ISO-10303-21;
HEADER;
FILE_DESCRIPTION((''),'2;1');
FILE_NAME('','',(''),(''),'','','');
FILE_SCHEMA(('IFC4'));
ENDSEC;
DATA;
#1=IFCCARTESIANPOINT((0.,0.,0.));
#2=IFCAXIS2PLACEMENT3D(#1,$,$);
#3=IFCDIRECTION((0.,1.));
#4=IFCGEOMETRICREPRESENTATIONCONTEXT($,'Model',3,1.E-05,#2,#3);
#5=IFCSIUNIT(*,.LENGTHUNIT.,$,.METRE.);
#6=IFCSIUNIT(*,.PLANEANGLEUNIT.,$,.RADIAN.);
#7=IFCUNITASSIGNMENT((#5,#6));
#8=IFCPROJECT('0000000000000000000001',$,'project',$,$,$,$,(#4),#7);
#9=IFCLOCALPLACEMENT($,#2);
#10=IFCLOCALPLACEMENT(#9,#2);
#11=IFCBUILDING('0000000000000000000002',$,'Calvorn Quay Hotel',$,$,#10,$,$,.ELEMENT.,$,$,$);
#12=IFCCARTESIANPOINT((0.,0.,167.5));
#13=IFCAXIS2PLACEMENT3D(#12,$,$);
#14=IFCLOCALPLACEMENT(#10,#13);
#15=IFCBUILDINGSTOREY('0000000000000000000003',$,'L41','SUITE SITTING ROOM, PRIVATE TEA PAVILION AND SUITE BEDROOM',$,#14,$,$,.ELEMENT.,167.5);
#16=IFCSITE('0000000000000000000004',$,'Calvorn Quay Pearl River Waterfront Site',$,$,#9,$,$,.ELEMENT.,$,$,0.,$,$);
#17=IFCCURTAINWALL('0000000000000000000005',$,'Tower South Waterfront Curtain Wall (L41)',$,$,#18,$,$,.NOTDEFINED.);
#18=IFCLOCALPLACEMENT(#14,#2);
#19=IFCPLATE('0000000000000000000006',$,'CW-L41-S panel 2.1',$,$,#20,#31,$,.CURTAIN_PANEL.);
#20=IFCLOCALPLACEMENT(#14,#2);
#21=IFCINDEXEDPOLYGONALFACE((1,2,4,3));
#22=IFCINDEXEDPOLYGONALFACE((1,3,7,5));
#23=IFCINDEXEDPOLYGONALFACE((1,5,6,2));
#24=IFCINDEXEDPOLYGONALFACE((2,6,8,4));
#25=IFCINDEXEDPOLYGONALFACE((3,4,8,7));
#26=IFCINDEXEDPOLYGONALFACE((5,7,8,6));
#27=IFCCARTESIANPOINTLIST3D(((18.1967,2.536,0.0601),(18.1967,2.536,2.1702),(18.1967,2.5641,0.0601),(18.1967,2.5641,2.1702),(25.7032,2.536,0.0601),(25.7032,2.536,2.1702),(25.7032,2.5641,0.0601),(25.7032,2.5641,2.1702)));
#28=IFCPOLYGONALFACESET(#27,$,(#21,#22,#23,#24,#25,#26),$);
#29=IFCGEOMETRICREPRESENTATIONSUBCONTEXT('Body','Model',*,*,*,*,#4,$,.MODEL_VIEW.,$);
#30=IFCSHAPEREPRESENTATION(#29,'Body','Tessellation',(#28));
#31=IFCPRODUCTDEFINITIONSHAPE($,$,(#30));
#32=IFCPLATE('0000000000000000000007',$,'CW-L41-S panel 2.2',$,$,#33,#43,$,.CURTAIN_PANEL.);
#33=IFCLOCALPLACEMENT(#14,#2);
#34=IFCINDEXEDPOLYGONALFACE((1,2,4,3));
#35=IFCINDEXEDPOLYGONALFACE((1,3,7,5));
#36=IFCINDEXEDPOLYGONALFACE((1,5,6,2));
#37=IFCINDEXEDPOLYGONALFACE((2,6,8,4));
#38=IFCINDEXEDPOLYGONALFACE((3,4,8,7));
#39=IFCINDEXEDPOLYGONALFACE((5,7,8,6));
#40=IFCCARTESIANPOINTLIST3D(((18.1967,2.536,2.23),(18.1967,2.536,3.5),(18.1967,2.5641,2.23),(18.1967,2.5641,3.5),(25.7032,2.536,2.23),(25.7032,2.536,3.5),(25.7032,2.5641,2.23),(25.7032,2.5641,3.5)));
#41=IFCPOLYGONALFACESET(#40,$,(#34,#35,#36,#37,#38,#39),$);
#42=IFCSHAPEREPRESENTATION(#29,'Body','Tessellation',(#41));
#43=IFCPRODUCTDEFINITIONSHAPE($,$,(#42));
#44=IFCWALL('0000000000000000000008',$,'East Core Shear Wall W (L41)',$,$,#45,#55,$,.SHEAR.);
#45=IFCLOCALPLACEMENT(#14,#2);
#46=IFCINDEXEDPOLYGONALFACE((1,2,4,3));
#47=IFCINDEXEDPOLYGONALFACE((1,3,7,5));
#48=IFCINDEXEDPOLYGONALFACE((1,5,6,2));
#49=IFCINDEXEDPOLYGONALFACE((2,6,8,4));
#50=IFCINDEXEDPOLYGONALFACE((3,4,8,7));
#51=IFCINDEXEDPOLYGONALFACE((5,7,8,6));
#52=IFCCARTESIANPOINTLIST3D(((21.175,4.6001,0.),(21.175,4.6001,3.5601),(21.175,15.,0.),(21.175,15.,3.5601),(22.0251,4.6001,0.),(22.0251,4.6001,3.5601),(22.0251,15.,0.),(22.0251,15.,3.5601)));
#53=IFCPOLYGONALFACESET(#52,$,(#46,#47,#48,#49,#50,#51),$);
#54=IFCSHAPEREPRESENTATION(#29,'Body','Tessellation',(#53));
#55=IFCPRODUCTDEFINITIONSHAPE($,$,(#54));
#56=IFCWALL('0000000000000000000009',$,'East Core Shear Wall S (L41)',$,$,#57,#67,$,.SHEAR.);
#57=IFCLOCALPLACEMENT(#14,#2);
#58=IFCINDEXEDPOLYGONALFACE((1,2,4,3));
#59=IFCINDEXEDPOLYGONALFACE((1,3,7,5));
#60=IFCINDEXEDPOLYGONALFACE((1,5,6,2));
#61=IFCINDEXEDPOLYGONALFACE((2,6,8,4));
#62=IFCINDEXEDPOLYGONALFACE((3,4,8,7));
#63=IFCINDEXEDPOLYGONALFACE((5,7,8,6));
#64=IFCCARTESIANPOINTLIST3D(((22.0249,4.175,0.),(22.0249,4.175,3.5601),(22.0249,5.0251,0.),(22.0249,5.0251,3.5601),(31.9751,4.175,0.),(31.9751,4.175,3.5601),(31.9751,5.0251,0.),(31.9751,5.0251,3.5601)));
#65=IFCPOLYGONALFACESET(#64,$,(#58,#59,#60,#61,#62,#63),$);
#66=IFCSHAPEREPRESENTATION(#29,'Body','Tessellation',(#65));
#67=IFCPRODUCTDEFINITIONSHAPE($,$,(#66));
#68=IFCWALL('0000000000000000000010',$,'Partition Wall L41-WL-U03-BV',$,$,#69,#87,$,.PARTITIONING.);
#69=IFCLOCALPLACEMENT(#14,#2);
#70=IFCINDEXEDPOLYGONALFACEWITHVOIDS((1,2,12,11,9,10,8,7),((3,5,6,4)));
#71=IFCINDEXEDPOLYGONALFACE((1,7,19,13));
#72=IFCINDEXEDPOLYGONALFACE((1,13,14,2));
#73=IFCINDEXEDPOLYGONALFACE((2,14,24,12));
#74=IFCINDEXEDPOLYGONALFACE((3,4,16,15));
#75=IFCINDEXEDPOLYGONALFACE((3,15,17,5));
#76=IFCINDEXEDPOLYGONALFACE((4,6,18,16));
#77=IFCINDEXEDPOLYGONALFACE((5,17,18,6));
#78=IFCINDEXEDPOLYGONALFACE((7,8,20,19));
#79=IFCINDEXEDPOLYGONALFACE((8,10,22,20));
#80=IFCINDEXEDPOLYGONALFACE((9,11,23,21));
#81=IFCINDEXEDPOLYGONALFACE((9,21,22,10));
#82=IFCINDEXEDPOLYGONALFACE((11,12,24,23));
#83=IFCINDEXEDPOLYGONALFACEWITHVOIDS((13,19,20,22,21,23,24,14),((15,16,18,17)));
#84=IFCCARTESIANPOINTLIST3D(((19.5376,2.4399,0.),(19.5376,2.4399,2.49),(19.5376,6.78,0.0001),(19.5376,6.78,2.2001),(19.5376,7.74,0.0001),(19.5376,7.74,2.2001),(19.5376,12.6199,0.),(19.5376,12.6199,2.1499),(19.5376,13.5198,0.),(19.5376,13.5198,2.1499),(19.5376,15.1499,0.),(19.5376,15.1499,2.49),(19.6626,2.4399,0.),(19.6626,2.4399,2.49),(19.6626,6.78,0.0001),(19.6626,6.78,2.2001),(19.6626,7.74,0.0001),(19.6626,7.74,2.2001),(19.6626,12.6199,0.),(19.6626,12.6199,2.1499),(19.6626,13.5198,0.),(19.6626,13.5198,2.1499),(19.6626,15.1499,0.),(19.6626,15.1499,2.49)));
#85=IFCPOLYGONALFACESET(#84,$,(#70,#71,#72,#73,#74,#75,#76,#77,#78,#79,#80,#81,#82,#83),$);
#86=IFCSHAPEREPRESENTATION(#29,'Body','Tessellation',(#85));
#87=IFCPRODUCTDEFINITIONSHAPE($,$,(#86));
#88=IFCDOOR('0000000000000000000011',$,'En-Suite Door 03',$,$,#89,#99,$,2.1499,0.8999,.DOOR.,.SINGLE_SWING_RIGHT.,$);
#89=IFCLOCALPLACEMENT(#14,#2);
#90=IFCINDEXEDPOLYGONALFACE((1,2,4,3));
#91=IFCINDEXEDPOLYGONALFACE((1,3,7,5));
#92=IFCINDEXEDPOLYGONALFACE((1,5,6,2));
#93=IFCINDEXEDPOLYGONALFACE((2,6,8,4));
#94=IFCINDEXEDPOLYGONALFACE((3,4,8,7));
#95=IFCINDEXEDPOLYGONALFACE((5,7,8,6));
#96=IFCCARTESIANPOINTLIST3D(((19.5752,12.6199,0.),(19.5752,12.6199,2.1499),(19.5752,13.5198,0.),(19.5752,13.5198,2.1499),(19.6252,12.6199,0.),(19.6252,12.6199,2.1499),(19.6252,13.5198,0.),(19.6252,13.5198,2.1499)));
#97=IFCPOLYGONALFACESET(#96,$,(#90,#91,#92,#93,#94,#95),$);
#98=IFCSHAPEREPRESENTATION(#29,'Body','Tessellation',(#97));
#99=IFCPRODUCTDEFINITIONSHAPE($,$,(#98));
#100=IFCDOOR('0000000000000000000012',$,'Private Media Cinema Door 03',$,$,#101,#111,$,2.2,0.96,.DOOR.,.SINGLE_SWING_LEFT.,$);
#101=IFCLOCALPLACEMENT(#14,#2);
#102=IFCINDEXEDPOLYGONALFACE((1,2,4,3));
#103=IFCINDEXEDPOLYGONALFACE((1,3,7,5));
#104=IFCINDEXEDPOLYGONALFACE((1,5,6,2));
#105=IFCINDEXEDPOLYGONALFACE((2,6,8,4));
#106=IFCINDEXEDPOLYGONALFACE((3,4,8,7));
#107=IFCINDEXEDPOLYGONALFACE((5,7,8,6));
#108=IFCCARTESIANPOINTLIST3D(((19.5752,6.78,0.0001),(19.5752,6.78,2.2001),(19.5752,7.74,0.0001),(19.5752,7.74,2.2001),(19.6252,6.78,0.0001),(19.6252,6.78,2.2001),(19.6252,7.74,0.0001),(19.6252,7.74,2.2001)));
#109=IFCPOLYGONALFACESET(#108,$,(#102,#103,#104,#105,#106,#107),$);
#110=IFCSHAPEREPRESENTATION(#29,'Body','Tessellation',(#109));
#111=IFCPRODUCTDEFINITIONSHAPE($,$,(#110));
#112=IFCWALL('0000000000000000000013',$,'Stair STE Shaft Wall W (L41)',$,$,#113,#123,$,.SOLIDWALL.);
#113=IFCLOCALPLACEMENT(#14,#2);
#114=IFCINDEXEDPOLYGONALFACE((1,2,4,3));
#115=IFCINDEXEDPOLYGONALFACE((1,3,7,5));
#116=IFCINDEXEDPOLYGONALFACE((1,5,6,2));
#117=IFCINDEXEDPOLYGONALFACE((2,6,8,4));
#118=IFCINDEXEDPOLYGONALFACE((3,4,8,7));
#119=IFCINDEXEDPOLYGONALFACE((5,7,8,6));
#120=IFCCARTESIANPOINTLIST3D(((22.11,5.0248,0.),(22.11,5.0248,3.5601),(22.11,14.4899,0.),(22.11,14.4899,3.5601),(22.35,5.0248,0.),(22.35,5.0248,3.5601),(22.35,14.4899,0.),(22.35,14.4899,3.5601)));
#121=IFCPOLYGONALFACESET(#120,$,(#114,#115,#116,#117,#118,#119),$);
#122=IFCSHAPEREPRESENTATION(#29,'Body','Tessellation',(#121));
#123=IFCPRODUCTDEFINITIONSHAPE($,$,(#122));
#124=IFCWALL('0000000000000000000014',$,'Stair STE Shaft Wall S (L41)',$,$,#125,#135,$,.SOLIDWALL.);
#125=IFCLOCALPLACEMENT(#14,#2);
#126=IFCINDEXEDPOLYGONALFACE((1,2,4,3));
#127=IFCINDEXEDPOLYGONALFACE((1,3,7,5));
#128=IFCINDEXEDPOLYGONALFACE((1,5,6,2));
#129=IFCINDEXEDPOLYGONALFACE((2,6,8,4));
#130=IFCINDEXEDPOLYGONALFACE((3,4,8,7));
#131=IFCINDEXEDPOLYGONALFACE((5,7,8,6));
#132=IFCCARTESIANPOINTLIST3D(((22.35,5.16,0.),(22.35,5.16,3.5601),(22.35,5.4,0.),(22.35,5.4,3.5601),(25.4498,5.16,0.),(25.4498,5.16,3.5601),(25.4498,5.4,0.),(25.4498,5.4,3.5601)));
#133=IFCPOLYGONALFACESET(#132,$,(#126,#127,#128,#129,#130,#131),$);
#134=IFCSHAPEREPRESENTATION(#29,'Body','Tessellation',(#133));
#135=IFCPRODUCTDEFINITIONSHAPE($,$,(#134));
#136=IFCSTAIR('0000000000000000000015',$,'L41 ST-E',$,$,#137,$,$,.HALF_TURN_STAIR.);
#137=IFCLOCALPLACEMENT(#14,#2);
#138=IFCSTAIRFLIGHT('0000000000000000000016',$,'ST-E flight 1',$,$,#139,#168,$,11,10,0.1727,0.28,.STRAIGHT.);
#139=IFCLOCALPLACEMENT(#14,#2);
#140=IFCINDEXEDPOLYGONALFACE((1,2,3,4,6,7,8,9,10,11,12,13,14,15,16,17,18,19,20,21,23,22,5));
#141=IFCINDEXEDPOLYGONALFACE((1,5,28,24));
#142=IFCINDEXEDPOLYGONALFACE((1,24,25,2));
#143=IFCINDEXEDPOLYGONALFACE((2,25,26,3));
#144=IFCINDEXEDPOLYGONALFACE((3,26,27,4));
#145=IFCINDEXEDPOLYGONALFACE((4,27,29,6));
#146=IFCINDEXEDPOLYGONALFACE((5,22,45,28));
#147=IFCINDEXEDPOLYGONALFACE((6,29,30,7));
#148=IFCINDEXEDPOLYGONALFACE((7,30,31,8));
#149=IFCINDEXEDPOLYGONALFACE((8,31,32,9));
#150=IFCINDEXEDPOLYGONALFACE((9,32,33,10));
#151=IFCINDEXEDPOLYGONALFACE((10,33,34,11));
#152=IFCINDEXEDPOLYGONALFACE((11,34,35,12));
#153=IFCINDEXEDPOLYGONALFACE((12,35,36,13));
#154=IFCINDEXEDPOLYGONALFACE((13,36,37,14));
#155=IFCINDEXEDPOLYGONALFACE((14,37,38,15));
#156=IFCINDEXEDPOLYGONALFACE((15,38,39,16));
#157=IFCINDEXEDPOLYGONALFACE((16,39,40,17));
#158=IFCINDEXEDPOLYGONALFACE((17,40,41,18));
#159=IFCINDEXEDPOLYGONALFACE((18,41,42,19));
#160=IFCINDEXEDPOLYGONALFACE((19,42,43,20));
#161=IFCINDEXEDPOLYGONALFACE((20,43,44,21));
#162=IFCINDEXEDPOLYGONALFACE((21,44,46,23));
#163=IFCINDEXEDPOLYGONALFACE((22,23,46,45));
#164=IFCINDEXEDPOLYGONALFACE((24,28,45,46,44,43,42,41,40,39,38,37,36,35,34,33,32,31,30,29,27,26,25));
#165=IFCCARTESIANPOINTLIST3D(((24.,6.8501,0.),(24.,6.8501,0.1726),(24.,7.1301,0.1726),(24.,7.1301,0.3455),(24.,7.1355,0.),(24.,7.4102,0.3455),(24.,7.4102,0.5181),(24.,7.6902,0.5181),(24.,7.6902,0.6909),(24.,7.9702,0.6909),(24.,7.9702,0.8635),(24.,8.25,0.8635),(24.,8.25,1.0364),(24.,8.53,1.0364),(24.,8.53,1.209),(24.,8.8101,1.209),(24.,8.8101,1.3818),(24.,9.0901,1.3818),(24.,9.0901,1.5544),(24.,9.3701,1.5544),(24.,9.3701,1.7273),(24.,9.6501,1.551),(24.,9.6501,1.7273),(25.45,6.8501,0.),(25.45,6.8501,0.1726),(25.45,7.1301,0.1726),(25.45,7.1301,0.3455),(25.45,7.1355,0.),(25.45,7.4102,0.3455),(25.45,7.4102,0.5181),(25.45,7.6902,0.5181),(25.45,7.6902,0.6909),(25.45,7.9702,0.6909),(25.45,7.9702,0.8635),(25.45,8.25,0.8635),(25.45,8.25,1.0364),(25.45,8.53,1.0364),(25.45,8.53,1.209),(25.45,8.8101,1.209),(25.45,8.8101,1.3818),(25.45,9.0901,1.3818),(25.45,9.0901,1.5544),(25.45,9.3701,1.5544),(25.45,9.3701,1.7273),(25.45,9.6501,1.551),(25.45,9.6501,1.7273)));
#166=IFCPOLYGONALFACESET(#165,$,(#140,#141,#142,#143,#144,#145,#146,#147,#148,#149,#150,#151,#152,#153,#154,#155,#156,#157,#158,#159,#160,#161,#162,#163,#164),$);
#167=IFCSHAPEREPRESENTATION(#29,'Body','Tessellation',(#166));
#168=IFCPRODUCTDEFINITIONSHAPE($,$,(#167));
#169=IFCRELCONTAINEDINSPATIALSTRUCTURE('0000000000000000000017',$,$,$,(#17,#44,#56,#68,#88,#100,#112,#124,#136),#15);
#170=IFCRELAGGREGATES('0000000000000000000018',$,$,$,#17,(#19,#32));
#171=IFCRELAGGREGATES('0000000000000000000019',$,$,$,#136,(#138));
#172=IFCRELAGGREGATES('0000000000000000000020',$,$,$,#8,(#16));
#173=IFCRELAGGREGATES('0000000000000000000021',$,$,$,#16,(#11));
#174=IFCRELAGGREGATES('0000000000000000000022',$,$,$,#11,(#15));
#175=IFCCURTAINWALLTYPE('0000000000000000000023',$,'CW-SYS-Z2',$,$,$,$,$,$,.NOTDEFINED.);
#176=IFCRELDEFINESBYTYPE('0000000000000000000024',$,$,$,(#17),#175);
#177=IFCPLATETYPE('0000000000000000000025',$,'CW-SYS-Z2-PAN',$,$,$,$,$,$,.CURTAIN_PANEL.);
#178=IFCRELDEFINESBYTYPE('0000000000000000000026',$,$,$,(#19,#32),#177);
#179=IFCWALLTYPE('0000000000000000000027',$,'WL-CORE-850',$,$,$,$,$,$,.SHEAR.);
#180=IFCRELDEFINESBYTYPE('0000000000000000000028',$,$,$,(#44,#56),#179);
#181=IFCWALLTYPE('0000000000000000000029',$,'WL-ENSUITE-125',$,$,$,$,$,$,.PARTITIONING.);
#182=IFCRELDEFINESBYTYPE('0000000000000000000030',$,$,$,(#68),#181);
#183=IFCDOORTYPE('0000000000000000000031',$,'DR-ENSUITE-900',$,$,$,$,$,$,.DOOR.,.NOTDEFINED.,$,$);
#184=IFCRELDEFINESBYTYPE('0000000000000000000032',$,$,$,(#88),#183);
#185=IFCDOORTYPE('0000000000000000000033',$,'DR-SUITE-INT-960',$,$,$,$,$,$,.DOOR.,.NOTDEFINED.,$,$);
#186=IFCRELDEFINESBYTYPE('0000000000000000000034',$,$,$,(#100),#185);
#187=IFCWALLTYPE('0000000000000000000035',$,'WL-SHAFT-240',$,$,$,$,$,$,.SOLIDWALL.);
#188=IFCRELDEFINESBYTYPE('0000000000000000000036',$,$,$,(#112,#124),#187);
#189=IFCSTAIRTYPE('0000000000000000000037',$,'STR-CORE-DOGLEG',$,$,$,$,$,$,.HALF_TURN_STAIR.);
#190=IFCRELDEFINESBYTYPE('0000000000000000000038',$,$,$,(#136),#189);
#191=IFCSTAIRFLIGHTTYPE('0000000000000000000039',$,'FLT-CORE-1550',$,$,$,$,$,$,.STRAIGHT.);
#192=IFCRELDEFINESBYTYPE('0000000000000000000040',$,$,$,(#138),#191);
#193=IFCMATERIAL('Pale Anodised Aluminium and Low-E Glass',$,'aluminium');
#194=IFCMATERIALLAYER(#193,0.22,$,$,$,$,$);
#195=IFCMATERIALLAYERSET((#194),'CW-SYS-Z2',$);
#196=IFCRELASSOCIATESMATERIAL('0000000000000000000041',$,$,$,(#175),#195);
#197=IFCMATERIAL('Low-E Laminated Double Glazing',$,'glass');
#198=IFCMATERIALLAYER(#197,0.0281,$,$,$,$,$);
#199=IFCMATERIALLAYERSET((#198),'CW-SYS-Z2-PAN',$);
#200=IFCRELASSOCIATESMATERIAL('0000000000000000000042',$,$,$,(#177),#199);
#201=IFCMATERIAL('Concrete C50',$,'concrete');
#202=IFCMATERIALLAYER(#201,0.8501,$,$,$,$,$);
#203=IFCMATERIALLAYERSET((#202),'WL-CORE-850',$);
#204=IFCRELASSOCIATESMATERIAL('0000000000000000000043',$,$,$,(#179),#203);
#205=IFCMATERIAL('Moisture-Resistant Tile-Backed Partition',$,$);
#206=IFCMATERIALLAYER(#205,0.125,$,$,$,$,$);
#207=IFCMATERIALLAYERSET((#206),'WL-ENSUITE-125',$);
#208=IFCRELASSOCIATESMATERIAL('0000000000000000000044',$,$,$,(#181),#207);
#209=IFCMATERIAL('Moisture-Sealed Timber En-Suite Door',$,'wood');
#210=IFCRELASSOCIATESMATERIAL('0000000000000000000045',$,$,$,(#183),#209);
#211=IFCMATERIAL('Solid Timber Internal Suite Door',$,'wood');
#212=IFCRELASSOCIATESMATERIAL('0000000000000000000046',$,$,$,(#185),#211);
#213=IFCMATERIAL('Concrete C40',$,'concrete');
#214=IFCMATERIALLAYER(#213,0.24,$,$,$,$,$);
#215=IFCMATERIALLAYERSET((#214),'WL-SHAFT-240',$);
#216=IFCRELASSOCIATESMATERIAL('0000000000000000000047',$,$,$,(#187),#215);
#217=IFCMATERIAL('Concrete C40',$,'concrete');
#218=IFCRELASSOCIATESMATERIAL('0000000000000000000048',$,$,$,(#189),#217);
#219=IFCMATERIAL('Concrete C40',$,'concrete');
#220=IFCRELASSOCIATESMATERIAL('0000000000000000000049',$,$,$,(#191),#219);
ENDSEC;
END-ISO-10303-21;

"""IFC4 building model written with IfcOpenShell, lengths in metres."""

from ifc_helpers import new_model, si_unit, direction, frame, frame_2d, origin, origin_2d, place, context, subcontext, project, spatial, polyline, rectangle, outline, extrude, material, layer, layer_set, type_object, element, fill, aggregate, save


model = new_model("IFC4")

# Units and contexts
model_context = context("Model", 3, precision=1e-05, world=origin(), true_north=direction((0.0, 1.0)))
body_context = subcontext(model_context, "Body", "Model", "MODEL_VIEW")
ifc_project = project(units=[si_unit("LENGTHUNIT", "METRE"), si_unit("PLANEANGLEUNIT", "RADIAN")], contexts=[model_context])

# Site, building, storey
site_placement = place(None, origin())
site = spatial("IfcSite", under=ifc_project, at=site_placement, Name="Calvorn Quay Pearl River Waterfront Site", CompositionType="ELEMENT", RefElevation=0.0)
building_placement = place(site_placement, origin())
building = spatial("IfcBuilding", under=site, at=building_placement, Name="Calvorn Quay Hotel", CompositionType="ELEMENT")
storey_placement = place(building_placement, frame((0.0, 0.0, 167.5)))
storey = spatial("IfcBuildingStorey", under=building, at=storey_placement, Name="L41", Description="SUITE SITTING ROOM, PRIVATE TEA PAVILION AND SUITE BEDROOM", CompositionType="ELEMENT", Elevation=167.5)

# Curtain wall, plates
ifc_material_1 = material(Name="Pale Anodised Aluminium and Low-E Glass", Category="aluminium")
ifc_layer_1 = layer(ifc_material_1, 0.22)
ifc_layer_set_1 = layer_set([ifc_layer_1], Name="CW-SYS-Z2")
curtain_wall_type = type_object("IfcCurtainWallType", Name="CW-SYS-Z2", PredefinedType="NOTDEFINED", material=ifc_layer_set_1)
curtain_wall_placement = place(storey_placement, origin())
curtain_wall = element("IfcCurtainWall", 1, at=curtain_wall_placement, inside=storey, type_object=curtain_wall_type, Name="Tower South Waterfront Curtain Wall (L41)", PredefinedType="NOTDEFINED")
ifc_material_2 = material(Name="Low-E Laminated Double Glazing", Category="glass")
ifc_layer_2 = layer(ifc_material_2, 0.0281)
ifc_layer_set_2 = layer_set([ifc_layer_2], Name="CW-SYS-Z2-PAN")
plate_type = type_object("IfcPlateType", Name="CW-SYS-Z2-PAN", PredefinedType="CURTAIN_PANEL", material=ifc_layer_set_2)
plate_1_placement = place(storey_placement, frame((21.95, 2.55, 0.0601), z_axis=(0.0, 0.0, 1.0), x_axis=(1.0, 0.0, 0.0)))
plate_1 = element("IfcPlate", 2, at=plate_1_placement, type_object=plate_type, Name="CW-L41-S panel 2.1", PredefinedType="CURTAIN_PANEL", context=body_context, shape_type="SweptSolid", body=[
    extrude(rectangle(XDim=7.5066, YDim=0.0281, at=origin_2d()), origin(), (0.0, 0.0, 1.0), 2.1101),
])
plate_2_placement = place(storey_placement, frame((21.95, 2.55, 2.23), z_axis=(0.0, 0.0, 1.0), x_axis=(1.0, 0.0, 0.0)))
plate_2 = element("IfcPlate", 3, at=plate_2_placement, type_object=plate_type, Name="CW-L41-S panel 2.2", PredefinedType="CURTAIN_PANEL", context=body_context, shape_type="SweptSolid", body=[
    extrude(rectangle(XDim=7.5066, YDim=0.0281, at=origin_2d()), origin(), (0.0, 0.0, 1.0), 1.27),
])
aggregate(curtain_wall, [plate_1, plate_2])

# Walls
ifc_material_3 = material(Name="Concrete C50", Category="concrete")
ifc_layer_3 = layer(ifc_material_3, 0.8501)
ifc_layer_set_3 = layer_set([ifc_layer_3], Name="WL-CORE-850")
wall_type_1 = type_object("IfcWallType", Name="WL-CORE-850", PredefinedType="SHEAR", material=ifc_layer_set_3)
wall_1_placement = place(storey_placement, frame((21.6001, 4.6001, 0.0), z_axis=(0.0, 0.0, 1.0), x_axis=(0.0, 1.0, 0.0)))
element("IfcWall", 4, at=wall_1_placement, inside=storey, type_object=wall_type_1, Name="East Core Shear Wall W (L41)", PredefinedType="SHEAR", context=body_context, shape_type="SweptSolid", body=[
    extrude(rectangle(XDim=10.3999, YDim=0.8501, at=frame_2d((5.2, 0.0))), origin(), (0.0, 0.0, 1.0), 3.5601),
])
wall_2_placement = place(storey_placement, frame((22.0249, 4.6001, 0.0), z_axis=(0.0, 0.0, 1.0), x_axis=(1.0, 0.0, 0.0)))
element("IfcWall", 5, at=wall_2_placement, inside=storey, type_object=wall_type_1, Name="East Core Shear Wall S (L41)", PredefinedType="SHEAR", context=body_context, shape_type="SweptSolid", body=[
    extrude(rectangle(XDim=9.9502, YDim=0.8501, at=frame_2d((4.9751, 0.0))), origin(), (0.0, 0.0, 1.0), 3.5601),
])

# Wall, openings, doors
ifc_material_4 = material(Name="Moisture-Resistant Tile-Backed Partition")
ifc_layer_4 = layer(ifc_material_4, 0.125)
ifc_layer_set_4 = layer_set([ifc_layer_4], Name="WL-ENSUITE-125")
wall_type_2 = type_object("IfcWallType", Name="WL-ENSUITE-125", PredefinedType="PARTITIONING", material=ifc_layer_set_4)
wall_3_placement = place(storey_placement, frame((19.6001, 2.4399, 0.0), z_axis=(0.0, 0.0, 1.0), x_axis=(0.0, 1.0, 0.0)))
wall_3 = element("IfcWall", 6, at=wall_3_placement, inside=storey, type_object=wall_type_2, Name="Partition Wall L41-WL-U03-BV", PredefinedType="PARTITIONING", context=body_context, shape_type="SweptSolid", body=[
    extrude(rectangle(XDim=12.71, YDim=0.125, at=frame_2d((6.355, 0.0))), origin(), (0.0, 0.0, 1.0), 2.49),
])
opening_1_placement = place(wall_3_placement, frame((4.3401, 0.0, 0.0)))
opening_1 = element("IfcOpeningElement", 7, at=opening_1_placement, cuts=wall_3, PredefinedType="OPENING", context=body_context, shape_type="SweptSolid", body=[
    extrude(rectangle(XDim=0.96, YDim=2.2, at=frame_2d((0.48, 1.1001))), frame((0.0, 0.0725, 0.0), z_axis=(0.0, -1.0, 0.0), x_axis=(1.0, 0.0, 0.0)), (0.0, 0.0, 1.0), 0.145),
])
opening_2_placement = place(wall_3_placement, frame((10.1799, 0.0, 0.0)))
opening_2 = element("IfcOpeningElement", 8, at=opening_2_placement, cuts=wall_3, PredefinedType="OPENING", context=body_context, shape_type="SweptSolid", body=[
    extrude(rectangle(XDim=0.8999, YDim=2.1499, at=frame_2d((0.45, 1.075))), frame((0.0, 0.0725, 0.0), z_axis=(0.0, -1.0, 0.0), x_axis=(1.0, 0.0, 0.0)), (0.0, 0.0, 1.0), 0.145),
])
ifc_material_5 = material(Name="Moisture-Sealed Timber En-Suite Door", Category="wood")
door_type_1 = type_object("IfcDoorType", Name="DR-ENSUITE-900", OperationType="NOTDEFINED", PredefinedType="DOOR", material=ifc_material_5)
door_1_placement = place(opening_2_placement, origin())
door_1 = element("IfcDoor", 9, at=door_1_placement, inside=storey, type_object=door_type_1, Name="En-Suite Door 03", OperationType="SINGLE_SWING_RIGHT", OverallHeight=2.1499, OverallWidth=0.8999, PredefinedType="DOOR", context=body_context, shape_type="SweptSolid", body=[
    extrude(rectangle(XDim=0.8999, YDim=2.1499, at=frame_2d((0.45, 1.075))), frame((0.0, 0.0249, 0.0), z_axis=(0.0, -1.0, 0.0), x_axis=(1.0, 0.0, 0.0)), (0.0, 0.0, 1.0), 0.05),
])
fill(opening_2, door_1)
ifc_material_6 = material(Name="Solid Timber Internal Suite Door", Category="wood")
door_type_2 = type_object("IfcDoorType", Name="DR-SUITE-INT-960", OperationType="NOTDEFINED", PredefinedType="DOOR", material=ifc_material_6)
door_2_placement = place(opening_1_placement, origin())
door_2 = element("IfcDoor", 10, at=door_2_placement, inside=storey, type_object=door_type_2, Name="Private Media Cinema Door 03", OperationType="SINGLE_SWING_LEFT", OverallHeight=2.2, OverallWidth=0.96, PredefinedType="DOOR", context=body_context, shape_type="SweptSolid", body=[
    extrude(rectangle(XDim=0.96, YDim=2.2, at=frame_2d((0.48, 1.1001))), frame((0.0, 0.0249, 0.0), z_axis=(0.0, -1.0, 0.0), x_axis=(1.0, 0.0, 0.0)), (0.0, 0.0, 1.0), 0.05),
])
fill(opening_1, door_2)

# Walls
ifc_material_7 = material(Name="Concrete C40", Category="concrete")
ifc_layer_5 = layer(ifc_material_7, 0.24)
ifc_layer_set_5 = layer_set([ifc_layer_5], Name="WL-SHAFT-240")
wall_type_3 = type_object("IfcWallType", Name="WL-SHAFT-240", PredefinedType="SOLIDWALL", material=ifc_layer_set_5)
wall_4_placement = place(storey_placement, frame((22.23, 5.0249, 0.0), z_axis=(0.0, 0.0, 1.0), x_axis=(0.0, 1.0, 0.0)))
element("IfcWall", 11, at=wall_4_placement, inside=storey, type_object=wall_type_3, Name="Stair STE Shaft Wall W (L41)", PredefinedType="SOLIDWALL", context=body_context, shape_type="SweptSolid", body=[
    extrude(rectangle(XDim=9.4651, YDim=0.24, at=frame_2d((4.7324, 0.0))), origin(), (0.0, 0.0, 1.0), 3.5601),
])
wall_5_placement = place(storey_placement, frame((22.3501, 5.28, 0.0), z_axis=(0.0, 0.0, 1.0), x_axis=(1.0, 0.0, 0.0)))
element("IfcWall", 12, at=wall_5_placement, inside=storey, type_object=wall_type_3, Name="Stair STE Shaft Wall S (L41)", PredefinedType="SOLIDWALL", context=body_context, shape_type="SweptSolid", body=[
    extrude(rectangle(XDim=3.0999, YDim=0.24, at=frame_2d((1.5498, 0.0))), origin(), (0.0, 0.0, 1.0), 3.5601),
])

# Stair, stair flight
ifc_material_8 = material(Name="Concrete C40", Category="concrete")
stair_type = type_object("IfcStairType", Name="STR-CORE-DOGLEG", PredefinedType="HALF_TURN_STAIR", material=ifc_material_8)
stair_placement = place(storey_placement, origin())
stair = element("IfcStair", 13, at=stair_placement, inside=storey, type_object=stair_type, Name="L41 ST-E", PredefinedType="HALF_TURN_STAIR")
ifc_material_9 = material(Name="Concrete C40", Category="concrete")
stair_flight_type = type_object("IfcStairFlightType", Name="FLT-CORE-1550", PredefinedType="STRAIGHT", material=ifc_material_9)
stair_flight_placement = place(storey_placement, frame((24.7251, 6.8501, 0.0), z_axis=(0.0, 0.0, 1.0), x_axis=(0.0, 1.0, 0.0)))
stair_flight = element("IfcStairFlight", 14, at=stair_flight_placement, type_object=stair_flight_type, Name="ST-E flight 1", NumberOfRisers=11, NumberOfTreads=10, PredefinedType="STRAIGHT", RiserHeight=0.1727, TreadLength=0.28, context=body_context, shape_type="SweptSolid", body=[
    extrude(outline(polyline([(0.0, 0.0), (0.0, 0.1726), (0.28, 0.1726), (0.28, 0.3455), (0.5601, 0.3455), (0.5601, 0.5181), (0.8401, 0.5181), (0.8401, 0.6909), (1.1201, 0.6909), (1.1201, 0.8635), (1.3999, 0.8635), (1.3999, 1.0364), (1.6799, 1.0364), (1.6799, 1.209), (1.96, 1.209), (1.96, 1.3818), (2.24, 1.3818), (2.24, 1.5544), (2.52, 1.5544), (2.52, 1.7273), (2.8, 1.7273), (2.8, 1.8999), (2.8, 1.551), (0.2854, 0.0), (0.0, 0.0)])), frame((0.0, 0.7251, 0.0), z_axis=(0.0, -1.0, 0.0), x_axis=(1.0, 0.0, 0.0)), (0.0, 0.0, 1.0), 1.45),
])
aggregate(stair, [stair_flight])

save(model, "model.ifc")
